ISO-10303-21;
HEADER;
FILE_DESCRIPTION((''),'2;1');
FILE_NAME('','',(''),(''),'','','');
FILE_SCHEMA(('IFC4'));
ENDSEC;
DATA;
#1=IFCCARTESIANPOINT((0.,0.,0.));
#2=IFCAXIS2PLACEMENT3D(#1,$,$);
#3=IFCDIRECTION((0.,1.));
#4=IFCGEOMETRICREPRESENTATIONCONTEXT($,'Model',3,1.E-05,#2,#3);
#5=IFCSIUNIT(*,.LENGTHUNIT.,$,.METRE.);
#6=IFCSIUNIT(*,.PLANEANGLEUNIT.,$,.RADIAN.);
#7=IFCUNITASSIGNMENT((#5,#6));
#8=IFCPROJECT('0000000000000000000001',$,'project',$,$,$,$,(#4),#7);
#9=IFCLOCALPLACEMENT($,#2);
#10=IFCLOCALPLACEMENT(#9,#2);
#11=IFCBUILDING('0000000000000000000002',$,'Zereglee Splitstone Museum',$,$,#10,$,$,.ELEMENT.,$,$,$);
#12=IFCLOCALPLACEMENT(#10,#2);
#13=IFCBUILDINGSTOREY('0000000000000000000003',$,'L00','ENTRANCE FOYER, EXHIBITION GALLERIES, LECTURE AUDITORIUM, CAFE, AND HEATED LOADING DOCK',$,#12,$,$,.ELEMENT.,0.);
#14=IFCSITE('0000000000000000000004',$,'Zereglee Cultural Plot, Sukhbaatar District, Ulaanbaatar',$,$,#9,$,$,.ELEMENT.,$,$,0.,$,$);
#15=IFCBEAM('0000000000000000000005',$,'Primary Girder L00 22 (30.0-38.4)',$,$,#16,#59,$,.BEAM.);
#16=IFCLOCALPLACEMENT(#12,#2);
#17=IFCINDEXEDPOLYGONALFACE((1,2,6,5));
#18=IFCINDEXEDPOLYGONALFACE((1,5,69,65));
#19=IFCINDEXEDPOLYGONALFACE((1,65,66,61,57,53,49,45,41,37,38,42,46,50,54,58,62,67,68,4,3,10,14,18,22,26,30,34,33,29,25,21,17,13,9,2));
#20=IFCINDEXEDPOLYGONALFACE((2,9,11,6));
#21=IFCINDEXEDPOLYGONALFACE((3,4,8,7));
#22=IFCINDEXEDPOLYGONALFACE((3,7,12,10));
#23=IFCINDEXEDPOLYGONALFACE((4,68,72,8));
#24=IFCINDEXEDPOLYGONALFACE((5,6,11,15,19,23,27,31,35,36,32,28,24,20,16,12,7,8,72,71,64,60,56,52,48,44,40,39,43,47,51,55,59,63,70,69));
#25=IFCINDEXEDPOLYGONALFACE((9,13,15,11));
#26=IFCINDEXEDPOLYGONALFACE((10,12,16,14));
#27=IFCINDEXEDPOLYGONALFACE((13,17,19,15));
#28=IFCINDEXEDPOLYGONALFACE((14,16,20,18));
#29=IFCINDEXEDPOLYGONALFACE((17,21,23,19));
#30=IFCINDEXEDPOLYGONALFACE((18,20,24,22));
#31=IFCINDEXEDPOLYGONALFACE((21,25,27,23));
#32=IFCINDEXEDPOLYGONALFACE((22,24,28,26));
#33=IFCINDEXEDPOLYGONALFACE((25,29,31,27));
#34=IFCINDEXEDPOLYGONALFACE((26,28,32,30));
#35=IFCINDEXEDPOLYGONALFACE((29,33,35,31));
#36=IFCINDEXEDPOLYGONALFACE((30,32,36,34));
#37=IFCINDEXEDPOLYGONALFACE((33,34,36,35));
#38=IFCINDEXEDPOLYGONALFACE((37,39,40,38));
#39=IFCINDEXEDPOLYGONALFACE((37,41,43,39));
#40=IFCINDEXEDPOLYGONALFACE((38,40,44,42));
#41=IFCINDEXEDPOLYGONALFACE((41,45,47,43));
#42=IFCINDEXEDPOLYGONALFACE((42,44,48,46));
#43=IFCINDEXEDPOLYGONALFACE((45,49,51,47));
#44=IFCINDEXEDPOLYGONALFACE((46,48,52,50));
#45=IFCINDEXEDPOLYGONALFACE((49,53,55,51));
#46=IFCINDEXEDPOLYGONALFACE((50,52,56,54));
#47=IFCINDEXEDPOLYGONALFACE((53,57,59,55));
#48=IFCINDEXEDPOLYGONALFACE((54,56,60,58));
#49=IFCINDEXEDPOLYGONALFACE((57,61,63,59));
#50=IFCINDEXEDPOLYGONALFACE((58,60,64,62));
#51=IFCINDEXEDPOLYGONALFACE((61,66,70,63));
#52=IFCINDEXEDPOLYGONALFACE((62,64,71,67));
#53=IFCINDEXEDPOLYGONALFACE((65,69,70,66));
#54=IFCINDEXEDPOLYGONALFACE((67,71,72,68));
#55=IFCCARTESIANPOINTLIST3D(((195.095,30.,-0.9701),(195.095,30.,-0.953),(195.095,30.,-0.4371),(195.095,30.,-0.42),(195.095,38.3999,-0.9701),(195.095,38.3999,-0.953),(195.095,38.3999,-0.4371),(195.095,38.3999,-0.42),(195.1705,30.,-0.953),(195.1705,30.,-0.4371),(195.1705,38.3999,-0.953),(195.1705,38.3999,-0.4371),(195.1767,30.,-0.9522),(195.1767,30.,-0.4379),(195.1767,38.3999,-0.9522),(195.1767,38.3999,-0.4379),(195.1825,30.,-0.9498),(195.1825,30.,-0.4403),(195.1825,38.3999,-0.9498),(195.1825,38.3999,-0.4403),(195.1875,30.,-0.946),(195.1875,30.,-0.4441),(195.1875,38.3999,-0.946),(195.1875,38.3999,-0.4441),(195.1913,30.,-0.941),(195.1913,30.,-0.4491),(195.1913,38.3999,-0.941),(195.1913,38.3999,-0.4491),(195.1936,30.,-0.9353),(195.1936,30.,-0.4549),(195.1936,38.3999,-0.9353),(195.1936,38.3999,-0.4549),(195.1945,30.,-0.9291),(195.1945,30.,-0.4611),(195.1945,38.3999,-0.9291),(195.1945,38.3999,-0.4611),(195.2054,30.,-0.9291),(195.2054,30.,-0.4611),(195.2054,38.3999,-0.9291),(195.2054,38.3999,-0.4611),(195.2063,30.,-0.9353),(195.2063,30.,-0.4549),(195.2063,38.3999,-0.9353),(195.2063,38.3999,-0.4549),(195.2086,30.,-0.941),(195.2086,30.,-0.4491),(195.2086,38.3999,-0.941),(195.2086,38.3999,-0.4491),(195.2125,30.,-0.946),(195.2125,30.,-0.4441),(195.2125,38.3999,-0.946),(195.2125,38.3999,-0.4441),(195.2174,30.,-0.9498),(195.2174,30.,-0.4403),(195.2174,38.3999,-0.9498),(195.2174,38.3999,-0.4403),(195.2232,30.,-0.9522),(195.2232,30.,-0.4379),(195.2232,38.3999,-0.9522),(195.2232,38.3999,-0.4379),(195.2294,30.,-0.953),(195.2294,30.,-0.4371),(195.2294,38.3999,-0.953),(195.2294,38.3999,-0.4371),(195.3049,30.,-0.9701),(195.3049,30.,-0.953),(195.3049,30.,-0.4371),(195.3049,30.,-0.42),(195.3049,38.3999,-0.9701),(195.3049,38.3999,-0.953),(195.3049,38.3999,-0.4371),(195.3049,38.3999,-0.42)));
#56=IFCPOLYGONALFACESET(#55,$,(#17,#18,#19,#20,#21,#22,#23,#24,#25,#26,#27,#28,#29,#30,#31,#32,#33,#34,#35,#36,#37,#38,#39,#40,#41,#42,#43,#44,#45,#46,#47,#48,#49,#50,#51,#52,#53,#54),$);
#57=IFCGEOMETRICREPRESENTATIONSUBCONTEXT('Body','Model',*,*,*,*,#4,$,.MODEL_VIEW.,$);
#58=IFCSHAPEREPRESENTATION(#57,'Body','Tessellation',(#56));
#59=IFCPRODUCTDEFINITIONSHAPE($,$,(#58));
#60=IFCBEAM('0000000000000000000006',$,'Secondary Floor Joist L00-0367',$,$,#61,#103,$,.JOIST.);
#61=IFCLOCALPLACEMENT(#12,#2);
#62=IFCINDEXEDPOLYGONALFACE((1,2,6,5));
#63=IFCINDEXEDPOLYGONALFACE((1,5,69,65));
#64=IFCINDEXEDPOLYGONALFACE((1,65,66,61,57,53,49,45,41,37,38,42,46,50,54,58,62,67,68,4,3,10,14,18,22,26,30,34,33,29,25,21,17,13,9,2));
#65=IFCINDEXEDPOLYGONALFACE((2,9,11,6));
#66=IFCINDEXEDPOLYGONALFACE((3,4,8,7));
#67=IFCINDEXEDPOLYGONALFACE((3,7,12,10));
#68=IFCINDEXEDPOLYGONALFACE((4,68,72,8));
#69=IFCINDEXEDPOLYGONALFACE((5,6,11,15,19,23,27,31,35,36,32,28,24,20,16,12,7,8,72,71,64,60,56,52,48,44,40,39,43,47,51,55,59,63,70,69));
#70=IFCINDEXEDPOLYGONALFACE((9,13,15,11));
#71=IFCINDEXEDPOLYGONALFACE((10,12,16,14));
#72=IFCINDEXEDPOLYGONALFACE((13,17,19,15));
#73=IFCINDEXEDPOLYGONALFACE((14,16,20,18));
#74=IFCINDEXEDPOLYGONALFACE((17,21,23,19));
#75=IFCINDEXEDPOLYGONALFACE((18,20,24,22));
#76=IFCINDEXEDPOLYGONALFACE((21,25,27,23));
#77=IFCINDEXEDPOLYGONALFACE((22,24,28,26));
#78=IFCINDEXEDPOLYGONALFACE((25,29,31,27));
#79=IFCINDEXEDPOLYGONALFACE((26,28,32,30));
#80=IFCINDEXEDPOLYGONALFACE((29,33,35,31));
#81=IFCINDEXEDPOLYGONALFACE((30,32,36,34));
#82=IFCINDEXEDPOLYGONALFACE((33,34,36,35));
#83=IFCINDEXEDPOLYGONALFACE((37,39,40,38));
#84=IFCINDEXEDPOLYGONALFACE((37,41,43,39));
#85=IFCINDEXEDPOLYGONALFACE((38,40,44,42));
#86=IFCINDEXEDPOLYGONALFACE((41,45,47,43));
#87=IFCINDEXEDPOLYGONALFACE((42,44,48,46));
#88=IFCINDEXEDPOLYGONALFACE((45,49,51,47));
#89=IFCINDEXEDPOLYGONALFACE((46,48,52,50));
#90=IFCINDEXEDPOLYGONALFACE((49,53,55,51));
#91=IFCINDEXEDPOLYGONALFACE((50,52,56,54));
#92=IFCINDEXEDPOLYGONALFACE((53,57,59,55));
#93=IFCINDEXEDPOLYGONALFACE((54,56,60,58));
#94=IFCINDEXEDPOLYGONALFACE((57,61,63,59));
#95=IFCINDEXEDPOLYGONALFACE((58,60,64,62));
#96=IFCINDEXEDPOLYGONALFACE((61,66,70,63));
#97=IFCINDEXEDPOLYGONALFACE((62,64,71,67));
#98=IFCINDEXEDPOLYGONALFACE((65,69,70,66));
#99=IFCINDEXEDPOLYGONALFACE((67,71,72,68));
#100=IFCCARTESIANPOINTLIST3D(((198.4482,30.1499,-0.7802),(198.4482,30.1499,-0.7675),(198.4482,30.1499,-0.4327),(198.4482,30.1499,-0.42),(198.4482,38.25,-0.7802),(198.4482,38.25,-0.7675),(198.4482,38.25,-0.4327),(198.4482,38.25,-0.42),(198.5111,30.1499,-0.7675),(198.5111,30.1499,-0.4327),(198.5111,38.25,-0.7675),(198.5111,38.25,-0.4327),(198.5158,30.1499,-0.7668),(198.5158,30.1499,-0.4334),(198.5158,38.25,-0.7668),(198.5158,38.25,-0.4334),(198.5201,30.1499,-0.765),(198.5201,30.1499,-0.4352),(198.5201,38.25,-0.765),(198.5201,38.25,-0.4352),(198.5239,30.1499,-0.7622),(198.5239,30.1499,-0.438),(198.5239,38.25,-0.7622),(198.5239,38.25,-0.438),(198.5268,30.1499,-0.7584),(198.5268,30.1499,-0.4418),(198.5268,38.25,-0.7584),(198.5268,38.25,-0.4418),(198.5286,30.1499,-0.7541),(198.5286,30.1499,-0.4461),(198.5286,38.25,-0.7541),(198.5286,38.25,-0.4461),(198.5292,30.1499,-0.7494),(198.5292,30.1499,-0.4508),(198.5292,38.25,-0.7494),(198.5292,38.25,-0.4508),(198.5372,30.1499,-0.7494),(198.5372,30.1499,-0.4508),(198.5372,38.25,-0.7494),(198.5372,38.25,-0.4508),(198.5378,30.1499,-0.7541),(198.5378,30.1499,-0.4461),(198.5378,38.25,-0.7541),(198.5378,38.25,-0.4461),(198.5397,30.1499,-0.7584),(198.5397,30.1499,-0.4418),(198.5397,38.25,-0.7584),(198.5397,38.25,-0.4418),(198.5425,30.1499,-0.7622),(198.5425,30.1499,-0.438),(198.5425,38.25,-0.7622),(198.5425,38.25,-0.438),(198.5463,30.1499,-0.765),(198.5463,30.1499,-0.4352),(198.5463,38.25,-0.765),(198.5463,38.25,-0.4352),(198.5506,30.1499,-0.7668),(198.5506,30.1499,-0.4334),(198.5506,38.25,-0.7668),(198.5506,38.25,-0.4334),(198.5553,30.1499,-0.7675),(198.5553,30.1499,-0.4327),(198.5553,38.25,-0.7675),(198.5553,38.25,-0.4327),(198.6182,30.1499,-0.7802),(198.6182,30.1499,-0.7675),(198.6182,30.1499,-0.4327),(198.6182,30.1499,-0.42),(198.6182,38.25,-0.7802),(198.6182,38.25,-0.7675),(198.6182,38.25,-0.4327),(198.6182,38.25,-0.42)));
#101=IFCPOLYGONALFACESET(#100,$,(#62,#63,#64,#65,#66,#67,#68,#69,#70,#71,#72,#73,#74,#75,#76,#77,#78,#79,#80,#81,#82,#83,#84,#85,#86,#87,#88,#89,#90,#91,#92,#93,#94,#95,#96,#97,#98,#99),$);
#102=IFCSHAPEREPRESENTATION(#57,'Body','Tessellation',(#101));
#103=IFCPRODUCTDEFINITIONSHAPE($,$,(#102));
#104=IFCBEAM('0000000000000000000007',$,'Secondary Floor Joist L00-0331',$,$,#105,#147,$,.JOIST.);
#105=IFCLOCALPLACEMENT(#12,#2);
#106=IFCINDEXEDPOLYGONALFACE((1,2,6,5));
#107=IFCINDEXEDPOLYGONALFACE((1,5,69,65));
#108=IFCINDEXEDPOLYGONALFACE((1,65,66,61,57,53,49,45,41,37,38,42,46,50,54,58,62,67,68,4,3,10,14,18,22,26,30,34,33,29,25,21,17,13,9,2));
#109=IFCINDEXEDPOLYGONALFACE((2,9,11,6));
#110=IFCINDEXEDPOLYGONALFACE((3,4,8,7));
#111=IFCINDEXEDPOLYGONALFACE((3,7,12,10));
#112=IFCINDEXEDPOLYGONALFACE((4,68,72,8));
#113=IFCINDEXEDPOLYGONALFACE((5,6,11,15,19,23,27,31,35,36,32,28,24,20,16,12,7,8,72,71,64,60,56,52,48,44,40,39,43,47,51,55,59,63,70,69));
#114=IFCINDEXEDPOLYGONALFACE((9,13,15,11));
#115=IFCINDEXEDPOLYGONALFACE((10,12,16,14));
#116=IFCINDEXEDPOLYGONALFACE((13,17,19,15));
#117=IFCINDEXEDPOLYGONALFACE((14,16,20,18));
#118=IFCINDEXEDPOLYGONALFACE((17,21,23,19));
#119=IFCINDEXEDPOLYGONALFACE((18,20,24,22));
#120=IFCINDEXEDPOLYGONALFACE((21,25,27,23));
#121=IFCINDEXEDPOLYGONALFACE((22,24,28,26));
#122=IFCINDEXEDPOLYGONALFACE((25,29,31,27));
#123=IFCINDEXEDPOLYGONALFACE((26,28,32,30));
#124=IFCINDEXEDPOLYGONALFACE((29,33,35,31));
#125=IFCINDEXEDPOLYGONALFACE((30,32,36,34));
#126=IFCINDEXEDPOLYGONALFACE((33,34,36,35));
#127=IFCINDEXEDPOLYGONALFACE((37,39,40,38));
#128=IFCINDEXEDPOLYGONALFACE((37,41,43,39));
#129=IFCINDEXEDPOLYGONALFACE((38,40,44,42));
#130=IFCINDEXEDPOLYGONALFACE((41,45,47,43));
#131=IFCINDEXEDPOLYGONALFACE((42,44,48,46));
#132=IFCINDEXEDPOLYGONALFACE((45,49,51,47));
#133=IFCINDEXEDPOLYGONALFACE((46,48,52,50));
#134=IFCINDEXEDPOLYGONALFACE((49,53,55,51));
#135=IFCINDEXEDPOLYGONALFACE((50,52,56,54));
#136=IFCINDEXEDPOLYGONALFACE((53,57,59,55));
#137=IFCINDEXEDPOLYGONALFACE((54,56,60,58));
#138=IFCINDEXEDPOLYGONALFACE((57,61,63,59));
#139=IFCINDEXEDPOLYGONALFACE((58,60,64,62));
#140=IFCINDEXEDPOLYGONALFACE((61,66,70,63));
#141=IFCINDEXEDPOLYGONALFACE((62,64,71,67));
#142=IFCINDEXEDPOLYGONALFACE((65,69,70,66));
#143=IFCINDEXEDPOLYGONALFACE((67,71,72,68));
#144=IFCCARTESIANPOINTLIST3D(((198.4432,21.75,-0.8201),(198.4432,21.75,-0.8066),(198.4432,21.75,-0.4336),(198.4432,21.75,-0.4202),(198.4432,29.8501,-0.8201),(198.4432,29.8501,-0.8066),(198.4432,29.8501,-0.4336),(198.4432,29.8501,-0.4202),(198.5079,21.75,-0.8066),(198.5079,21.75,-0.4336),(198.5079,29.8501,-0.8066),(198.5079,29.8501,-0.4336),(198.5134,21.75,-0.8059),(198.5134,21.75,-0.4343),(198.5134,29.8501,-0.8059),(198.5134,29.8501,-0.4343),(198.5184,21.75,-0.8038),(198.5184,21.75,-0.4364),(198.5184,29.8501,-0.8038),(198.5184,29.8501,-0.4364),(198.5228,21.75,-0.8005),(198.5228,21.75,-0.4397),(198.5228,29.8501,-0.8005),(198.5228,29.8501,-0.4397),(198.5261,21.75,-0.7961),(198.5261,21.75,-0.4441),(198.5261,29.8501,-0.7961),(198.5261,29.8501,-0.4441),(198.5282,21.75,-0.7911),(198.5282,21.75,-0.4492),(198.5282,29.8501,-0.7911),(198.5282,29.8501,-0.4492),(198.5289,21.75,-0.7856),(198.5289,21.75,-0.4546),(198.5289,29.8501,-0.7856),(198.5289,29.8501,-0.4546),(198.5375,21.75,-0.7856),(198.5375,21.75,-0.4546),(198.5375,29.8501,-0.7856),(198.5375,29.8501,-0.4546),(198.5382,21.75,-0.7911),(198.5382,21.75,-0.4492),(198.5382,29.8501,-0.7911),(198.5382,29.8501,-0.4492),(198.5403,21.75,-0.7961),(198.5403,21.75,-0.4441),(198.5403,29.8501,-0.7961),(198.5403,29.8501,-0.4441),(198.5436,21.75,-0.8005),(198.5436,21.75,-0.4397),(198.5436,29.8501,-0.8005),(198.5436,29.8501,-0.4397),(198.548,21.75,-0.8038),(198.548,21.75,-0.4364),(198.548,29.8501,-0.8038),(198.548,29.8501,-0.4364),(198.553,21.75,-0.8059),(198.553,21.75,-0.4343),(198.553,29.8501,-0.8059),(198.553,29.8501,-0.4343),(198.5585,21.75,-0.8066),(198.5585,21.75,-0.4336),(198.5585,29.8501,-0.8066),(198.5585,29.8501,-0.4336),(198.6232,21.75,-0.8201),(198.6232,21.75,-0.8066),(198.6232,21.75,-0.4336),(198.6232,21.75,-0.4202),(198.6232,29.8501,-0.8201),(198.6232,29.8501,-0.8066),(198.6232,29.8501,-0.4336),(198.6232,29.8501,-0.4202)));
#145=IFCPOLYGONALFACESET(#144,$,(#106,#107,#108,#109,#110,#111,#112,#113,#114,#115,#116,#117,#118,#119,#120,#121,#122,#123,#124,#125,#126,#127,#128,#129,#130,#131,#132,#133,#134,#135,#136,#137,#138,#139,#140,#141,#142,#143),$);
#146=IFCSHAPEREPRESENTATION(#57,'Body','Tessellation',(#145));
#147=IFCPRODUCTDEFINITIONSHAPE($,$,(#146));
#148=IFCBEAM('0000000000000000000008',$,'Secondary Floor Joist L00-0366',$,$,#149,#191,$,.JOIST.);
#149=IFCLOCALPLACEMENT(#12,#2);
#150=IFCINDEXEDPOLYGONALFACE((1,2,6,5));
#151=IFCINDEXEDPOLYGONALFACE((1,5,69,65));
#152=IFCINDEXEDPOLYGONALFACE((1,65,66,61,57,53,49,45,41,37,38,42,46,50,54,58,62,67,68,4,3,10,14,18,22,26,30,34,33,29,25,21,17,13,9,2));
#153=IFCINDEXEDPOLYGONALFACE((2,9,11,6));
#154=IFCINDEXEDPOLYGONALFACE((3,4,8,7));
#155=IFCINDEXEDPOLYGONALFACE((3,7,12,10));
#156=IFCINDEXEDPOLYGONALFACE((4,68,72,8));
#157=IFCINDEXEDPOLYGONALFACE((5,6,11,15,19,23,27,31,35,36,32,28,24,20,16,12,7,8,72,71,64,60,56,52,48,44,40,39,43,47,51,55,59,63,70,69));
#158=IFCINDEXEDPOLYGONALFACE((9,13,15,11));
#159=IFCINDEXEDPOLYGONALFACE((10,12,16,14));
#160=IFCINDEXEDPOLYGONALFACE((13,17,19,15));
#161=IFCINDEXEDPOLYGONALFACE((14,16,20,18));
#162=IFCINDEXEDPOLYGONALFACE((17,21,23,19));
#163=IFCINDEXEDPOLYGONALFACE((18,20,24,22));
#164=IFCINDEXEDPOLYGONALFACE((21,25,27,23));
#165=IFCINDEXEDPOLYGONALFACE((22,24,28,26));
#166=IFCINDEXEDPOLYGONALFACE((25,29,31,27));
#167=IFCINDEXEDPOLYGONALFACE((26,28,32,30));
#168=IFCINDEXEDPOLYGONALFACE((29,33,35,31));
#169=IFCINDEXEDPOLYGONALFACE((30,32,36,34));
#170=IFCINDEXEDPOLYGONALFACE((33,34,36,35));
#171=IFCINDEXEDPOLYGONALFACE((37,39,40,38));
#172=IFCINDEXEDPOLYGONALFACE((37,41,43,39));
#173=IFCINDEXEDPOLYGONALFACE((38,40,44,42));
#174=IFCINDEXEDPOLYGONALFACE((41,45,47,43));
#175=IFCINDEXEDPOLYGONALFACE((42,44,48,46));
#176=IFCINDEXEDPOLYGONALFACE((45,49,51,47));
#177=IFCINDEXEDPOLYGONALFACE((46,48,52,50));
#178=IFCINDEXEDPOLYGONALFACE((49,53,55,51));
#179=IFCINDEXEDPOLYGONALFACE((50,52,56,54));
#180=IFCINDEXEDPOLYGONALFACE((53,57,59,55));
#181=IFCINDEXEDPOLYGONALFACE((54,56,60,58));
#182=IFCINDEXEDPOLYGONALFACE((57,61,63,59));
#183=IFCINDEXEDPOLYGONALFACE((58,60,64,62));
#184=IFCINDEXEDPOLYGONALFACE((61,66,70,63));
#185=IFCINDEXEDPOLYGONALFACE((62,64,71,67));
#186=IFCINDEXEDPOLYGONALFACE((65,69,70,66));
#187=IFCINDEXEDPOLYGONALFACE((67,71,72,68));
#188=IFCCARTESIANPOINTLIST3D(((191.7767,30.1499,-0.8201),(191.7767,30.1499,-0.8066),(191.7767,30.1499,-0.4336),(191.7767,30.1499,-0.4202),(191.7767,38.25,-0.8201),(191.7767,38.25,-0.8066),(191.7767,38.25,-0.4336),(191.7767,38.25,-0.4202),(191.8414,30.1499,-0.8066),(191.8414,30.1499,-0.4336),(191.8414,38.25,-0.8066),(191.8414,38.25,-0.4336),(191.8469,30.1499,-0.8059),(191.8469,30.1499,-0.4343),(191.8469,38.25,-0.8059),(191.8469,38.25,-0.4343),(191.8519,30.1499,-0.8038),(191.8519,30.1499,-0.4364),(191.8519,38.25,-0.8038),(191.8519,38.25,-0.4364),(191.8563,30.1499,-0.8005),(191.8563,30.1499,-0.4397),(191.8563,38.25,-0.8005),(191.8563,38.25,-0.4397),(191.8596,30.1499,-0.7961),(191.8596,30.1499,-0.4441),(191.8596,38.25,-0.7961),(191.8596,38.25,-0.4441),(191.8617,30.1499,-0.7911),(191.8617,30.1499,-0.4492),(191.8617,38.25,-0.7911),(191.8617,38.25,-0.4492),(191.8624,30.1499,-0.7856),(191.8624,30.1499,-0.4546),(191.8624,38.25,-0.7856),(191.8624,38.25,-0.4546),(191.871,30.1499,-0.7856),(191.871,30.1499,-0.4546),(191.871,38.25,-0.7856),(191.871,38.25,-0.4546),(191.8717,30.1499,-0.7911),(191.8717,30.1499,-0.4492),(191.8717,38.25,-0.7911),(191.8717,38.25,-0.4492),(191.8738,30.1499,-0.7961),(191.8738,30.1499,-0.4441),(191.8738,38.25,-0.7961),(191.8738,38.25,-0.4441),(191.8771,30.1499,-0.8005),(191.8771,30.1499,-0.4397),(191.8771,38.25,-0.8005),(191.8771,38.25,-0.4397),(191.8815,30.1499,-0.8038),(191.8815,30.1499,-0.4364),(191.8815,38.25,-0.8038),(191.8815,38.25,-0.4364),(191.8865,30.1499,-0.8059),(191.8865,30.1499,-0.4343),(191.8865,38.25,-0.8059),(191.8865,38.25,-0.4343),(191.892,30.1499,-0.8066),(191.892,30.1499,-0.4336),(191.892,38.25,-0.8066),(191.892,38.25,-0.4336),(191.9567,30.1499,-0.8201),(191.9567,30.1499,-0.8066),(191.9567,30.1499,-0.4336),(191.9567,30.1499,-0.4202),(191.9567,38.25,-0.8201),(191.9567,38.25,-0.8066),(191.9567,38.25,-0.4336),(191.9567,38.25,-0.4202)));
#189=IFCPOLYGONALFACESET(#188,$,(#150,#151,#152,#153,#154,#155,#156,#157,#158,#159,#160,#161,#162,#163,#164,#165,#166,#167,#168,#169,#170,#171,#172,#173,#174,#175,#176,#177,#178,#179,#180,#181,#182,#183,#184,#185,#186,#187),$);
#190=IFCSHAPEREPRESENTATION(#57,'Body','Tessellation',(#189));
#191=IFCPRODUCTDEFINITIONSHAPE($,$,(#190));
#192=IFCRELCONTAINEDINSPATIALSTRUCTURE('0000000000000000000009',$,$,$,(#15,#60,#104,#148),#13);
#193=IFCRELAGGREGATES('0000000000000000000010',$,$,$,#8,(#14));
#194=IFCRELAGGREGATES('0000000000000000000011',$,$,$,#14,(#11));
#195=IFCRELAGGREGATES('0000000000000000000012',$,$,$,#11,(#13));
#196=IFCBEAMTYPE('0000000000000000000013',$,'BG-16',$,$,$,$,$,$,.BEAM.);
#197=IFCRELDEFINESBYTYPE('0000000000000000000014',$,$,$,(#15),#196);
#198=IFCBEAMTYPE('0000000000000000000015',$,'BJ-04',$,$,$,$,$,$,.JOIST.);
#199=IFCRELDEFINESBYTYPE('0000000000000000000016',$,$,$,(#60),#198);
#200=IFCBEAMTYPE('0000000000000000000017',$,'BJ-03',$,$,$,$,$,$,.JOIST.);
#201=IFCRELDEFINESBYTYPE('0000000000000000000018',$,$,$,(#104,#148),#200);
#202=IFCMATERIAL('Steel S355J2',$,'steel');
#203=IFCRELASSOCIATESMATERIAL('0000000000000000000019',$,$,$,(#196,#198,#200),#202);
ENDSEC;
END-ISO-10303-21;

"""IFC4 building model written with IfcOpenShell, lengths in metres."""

from ifc_helpers import new_model, si_unit, direction, frame, origin, origin_2d, place, context, subcontext, project, spatial, i_section, extrude, material, material_profile, profile_set, type_object, element, save


model = new_model("IFC4")

# Units and contexts
model_context = context("Model", 3, precision=1e-05, world=origin(), true_north=direction((0.0, 1.0)))
body_context = subcontext(model_context, "Body", "Model", "MODEL_VIEW")
ifc_project = project(units=[si_unit("LENGTHUNIT", "METRE"), si_unit("PLANEANGLEUNIT", "RADIAN")], contexts=[model_context])

# Site, building, storey
site_placement = place(None, origin())
site = spatial("IfcSite", under=ifc_project, at=site_placement, Name="Zereglee Cultural Plot, Sukhbaatar District, Ulaanbaatar", CompositionType="ELEMENT", RefElevation=0.0)
building_placement = place(site_placement, origin())
building = spatial("IfcBuilding", under=site, at=building_placement, Name="Zereglee Splitstone Museum", CompositionType="ELEMENT")
storey_placement = place(building_placement, origin())
storey = spatial("IfcBuildingStorey", under=building, at=storey_placement, Name="L00", Description="ENTRANCE FOYER, EXHIBITION GALLERIES, LECTURE AUDITORIUM, CAFE, AND HEATED LOADING DOCK", CompositionType="ELEMENT", Elevation=0.0)

# Beams
ifc_material_1 = material(Name="Steel S355J2", Category="steel")
ifc_material_profile_1 = material_profile(ifc_material_1, i_section(OverallWidth=0.21, OverallDepth=0.55, WebThickness=0.011, FlangeThickness=0.0171, FilletRadius=0.0239, at=origin_2d()), Name="IPE 550")
ifc_profile_set_1 = profile_set([ifc_material_profile_1], Name="Steel S355J2")
beam_type_1 = type_object("IfcBeamType", Name="BG-16", PredefinedType="BEAM", material=ifc_profile_set_1)
beam_1_placement = place(storey_placement, frame((195.2, 30.0, -0.6951), z_axis=(0.0, 1.0, 0.0), x_axis=(-1.0, 0.0, 0.0)))
element("IfcBeam", 1, at=beam_1_placement, inside=storey, type_object=beam_type_1, Name="Primary Girder L00 22 (30.0-38.4)", PredefinedType="BEAM", context=body_context, shape_type="SweptSolid", body=[
    extrude(i_section(OverallWidth=0.21, OverallDepth=0.55, WebThickness=0.011, FlangeThickness=0.0171, FilletRadius=0.0239, at=origin_2d()), origin(), (0.0, 0.0, 1.0), 8.3999),
])
ifc_material_profile_2 = material_profile(ifc_material_1, i_section(OverallWidth=0.1699, OverallDepth=0.3601, WebThickness=0.0081, FlangeThickness=0.0127, FilletRadius=0.0181, at=origin_2d()), Name="IPE 360")
ifc_profile_set_2 = profile_set([ifc_material_profile_2], Name="Steel S355J2")
beam_type_2 = type_object("IfcBeamType", Name="BJ-04", PredefinedType="JOIST", material=ifc_profile_set_2)
beam_2_placement = place(storey_placement, frame((198.5332, 30.1499, -0.6001), z_axis=(0.0, 1.0, 0.0), x_axis=(-1.0, 0.0, 0.0)))
element("IfcBeam", 2, at=beam_2_placement, inside=storey, type_object=beam_type_2, Name="Secondary Floor Joist L00-0367", PredefinedType="JOIST", context=body_context, shape_type="SweptSolid", body=[
    extrude(i_section(OverallWidth=0.1699, OverallDepth=0.3601, WebThickness=0.0081, FlangeThickness=0.0127, FilletRadius=0.0181, at=origin_2d()), origin(), (0.0, 0.0, 1.0), 8.1001),
])
ifc_material_profile_3 = material_profile(ifc_material_1, i_section(OverallWidth=0.1799, OverallDepth=0.3999, WebThickness=0.0085, FlangeThickness=0.0134, FilletRadius=0.021, at=origin_2d()), Name="IPE 400")
ifc_profile_set_3 = profile_set([ifc_material_profile_3], Name="Steel S355J2")
beam_type_3 = type_object("IfcBeamType", Name="BJ-03", PredefinedType="JOIST", material=ifc_profile_set_3)
for number, where, z_axis, x_axis, name in (
    (3, (198.5332, 21.75, -0.6201), (0.0, 1.0, 0.0), (-1.0, 0.0, 0.0), "Secondary Floor Joist L00-0331"),
    (4, (191.8667, 30.1499, -0.6201), (0.0, 1.0, 0.0), (-1.0, 0.0, 0.0), "Secondary Floor Joist L00-0366"),
):
    element("IfcBeam", number, at=place(storey_placement, frame(where, z_axis=z_axis, x_axis=x_axis)), inside=storey, type_object=beam_type_3, Name=name, PredefinedType="JOIST", context=body_context, shape_type="SweptSolid", body=[
        extrude(i_section(OverallWidth=0.1799, OverallDepth=0.3999, WebThickness=0.0085, FlangeThickness=0.0134, FilletRadius=0.021, at=origin_2d()), origin(), (0.0, 0.0, 1.0), 8.1001),
    ])

save(model, "model.ifc")
